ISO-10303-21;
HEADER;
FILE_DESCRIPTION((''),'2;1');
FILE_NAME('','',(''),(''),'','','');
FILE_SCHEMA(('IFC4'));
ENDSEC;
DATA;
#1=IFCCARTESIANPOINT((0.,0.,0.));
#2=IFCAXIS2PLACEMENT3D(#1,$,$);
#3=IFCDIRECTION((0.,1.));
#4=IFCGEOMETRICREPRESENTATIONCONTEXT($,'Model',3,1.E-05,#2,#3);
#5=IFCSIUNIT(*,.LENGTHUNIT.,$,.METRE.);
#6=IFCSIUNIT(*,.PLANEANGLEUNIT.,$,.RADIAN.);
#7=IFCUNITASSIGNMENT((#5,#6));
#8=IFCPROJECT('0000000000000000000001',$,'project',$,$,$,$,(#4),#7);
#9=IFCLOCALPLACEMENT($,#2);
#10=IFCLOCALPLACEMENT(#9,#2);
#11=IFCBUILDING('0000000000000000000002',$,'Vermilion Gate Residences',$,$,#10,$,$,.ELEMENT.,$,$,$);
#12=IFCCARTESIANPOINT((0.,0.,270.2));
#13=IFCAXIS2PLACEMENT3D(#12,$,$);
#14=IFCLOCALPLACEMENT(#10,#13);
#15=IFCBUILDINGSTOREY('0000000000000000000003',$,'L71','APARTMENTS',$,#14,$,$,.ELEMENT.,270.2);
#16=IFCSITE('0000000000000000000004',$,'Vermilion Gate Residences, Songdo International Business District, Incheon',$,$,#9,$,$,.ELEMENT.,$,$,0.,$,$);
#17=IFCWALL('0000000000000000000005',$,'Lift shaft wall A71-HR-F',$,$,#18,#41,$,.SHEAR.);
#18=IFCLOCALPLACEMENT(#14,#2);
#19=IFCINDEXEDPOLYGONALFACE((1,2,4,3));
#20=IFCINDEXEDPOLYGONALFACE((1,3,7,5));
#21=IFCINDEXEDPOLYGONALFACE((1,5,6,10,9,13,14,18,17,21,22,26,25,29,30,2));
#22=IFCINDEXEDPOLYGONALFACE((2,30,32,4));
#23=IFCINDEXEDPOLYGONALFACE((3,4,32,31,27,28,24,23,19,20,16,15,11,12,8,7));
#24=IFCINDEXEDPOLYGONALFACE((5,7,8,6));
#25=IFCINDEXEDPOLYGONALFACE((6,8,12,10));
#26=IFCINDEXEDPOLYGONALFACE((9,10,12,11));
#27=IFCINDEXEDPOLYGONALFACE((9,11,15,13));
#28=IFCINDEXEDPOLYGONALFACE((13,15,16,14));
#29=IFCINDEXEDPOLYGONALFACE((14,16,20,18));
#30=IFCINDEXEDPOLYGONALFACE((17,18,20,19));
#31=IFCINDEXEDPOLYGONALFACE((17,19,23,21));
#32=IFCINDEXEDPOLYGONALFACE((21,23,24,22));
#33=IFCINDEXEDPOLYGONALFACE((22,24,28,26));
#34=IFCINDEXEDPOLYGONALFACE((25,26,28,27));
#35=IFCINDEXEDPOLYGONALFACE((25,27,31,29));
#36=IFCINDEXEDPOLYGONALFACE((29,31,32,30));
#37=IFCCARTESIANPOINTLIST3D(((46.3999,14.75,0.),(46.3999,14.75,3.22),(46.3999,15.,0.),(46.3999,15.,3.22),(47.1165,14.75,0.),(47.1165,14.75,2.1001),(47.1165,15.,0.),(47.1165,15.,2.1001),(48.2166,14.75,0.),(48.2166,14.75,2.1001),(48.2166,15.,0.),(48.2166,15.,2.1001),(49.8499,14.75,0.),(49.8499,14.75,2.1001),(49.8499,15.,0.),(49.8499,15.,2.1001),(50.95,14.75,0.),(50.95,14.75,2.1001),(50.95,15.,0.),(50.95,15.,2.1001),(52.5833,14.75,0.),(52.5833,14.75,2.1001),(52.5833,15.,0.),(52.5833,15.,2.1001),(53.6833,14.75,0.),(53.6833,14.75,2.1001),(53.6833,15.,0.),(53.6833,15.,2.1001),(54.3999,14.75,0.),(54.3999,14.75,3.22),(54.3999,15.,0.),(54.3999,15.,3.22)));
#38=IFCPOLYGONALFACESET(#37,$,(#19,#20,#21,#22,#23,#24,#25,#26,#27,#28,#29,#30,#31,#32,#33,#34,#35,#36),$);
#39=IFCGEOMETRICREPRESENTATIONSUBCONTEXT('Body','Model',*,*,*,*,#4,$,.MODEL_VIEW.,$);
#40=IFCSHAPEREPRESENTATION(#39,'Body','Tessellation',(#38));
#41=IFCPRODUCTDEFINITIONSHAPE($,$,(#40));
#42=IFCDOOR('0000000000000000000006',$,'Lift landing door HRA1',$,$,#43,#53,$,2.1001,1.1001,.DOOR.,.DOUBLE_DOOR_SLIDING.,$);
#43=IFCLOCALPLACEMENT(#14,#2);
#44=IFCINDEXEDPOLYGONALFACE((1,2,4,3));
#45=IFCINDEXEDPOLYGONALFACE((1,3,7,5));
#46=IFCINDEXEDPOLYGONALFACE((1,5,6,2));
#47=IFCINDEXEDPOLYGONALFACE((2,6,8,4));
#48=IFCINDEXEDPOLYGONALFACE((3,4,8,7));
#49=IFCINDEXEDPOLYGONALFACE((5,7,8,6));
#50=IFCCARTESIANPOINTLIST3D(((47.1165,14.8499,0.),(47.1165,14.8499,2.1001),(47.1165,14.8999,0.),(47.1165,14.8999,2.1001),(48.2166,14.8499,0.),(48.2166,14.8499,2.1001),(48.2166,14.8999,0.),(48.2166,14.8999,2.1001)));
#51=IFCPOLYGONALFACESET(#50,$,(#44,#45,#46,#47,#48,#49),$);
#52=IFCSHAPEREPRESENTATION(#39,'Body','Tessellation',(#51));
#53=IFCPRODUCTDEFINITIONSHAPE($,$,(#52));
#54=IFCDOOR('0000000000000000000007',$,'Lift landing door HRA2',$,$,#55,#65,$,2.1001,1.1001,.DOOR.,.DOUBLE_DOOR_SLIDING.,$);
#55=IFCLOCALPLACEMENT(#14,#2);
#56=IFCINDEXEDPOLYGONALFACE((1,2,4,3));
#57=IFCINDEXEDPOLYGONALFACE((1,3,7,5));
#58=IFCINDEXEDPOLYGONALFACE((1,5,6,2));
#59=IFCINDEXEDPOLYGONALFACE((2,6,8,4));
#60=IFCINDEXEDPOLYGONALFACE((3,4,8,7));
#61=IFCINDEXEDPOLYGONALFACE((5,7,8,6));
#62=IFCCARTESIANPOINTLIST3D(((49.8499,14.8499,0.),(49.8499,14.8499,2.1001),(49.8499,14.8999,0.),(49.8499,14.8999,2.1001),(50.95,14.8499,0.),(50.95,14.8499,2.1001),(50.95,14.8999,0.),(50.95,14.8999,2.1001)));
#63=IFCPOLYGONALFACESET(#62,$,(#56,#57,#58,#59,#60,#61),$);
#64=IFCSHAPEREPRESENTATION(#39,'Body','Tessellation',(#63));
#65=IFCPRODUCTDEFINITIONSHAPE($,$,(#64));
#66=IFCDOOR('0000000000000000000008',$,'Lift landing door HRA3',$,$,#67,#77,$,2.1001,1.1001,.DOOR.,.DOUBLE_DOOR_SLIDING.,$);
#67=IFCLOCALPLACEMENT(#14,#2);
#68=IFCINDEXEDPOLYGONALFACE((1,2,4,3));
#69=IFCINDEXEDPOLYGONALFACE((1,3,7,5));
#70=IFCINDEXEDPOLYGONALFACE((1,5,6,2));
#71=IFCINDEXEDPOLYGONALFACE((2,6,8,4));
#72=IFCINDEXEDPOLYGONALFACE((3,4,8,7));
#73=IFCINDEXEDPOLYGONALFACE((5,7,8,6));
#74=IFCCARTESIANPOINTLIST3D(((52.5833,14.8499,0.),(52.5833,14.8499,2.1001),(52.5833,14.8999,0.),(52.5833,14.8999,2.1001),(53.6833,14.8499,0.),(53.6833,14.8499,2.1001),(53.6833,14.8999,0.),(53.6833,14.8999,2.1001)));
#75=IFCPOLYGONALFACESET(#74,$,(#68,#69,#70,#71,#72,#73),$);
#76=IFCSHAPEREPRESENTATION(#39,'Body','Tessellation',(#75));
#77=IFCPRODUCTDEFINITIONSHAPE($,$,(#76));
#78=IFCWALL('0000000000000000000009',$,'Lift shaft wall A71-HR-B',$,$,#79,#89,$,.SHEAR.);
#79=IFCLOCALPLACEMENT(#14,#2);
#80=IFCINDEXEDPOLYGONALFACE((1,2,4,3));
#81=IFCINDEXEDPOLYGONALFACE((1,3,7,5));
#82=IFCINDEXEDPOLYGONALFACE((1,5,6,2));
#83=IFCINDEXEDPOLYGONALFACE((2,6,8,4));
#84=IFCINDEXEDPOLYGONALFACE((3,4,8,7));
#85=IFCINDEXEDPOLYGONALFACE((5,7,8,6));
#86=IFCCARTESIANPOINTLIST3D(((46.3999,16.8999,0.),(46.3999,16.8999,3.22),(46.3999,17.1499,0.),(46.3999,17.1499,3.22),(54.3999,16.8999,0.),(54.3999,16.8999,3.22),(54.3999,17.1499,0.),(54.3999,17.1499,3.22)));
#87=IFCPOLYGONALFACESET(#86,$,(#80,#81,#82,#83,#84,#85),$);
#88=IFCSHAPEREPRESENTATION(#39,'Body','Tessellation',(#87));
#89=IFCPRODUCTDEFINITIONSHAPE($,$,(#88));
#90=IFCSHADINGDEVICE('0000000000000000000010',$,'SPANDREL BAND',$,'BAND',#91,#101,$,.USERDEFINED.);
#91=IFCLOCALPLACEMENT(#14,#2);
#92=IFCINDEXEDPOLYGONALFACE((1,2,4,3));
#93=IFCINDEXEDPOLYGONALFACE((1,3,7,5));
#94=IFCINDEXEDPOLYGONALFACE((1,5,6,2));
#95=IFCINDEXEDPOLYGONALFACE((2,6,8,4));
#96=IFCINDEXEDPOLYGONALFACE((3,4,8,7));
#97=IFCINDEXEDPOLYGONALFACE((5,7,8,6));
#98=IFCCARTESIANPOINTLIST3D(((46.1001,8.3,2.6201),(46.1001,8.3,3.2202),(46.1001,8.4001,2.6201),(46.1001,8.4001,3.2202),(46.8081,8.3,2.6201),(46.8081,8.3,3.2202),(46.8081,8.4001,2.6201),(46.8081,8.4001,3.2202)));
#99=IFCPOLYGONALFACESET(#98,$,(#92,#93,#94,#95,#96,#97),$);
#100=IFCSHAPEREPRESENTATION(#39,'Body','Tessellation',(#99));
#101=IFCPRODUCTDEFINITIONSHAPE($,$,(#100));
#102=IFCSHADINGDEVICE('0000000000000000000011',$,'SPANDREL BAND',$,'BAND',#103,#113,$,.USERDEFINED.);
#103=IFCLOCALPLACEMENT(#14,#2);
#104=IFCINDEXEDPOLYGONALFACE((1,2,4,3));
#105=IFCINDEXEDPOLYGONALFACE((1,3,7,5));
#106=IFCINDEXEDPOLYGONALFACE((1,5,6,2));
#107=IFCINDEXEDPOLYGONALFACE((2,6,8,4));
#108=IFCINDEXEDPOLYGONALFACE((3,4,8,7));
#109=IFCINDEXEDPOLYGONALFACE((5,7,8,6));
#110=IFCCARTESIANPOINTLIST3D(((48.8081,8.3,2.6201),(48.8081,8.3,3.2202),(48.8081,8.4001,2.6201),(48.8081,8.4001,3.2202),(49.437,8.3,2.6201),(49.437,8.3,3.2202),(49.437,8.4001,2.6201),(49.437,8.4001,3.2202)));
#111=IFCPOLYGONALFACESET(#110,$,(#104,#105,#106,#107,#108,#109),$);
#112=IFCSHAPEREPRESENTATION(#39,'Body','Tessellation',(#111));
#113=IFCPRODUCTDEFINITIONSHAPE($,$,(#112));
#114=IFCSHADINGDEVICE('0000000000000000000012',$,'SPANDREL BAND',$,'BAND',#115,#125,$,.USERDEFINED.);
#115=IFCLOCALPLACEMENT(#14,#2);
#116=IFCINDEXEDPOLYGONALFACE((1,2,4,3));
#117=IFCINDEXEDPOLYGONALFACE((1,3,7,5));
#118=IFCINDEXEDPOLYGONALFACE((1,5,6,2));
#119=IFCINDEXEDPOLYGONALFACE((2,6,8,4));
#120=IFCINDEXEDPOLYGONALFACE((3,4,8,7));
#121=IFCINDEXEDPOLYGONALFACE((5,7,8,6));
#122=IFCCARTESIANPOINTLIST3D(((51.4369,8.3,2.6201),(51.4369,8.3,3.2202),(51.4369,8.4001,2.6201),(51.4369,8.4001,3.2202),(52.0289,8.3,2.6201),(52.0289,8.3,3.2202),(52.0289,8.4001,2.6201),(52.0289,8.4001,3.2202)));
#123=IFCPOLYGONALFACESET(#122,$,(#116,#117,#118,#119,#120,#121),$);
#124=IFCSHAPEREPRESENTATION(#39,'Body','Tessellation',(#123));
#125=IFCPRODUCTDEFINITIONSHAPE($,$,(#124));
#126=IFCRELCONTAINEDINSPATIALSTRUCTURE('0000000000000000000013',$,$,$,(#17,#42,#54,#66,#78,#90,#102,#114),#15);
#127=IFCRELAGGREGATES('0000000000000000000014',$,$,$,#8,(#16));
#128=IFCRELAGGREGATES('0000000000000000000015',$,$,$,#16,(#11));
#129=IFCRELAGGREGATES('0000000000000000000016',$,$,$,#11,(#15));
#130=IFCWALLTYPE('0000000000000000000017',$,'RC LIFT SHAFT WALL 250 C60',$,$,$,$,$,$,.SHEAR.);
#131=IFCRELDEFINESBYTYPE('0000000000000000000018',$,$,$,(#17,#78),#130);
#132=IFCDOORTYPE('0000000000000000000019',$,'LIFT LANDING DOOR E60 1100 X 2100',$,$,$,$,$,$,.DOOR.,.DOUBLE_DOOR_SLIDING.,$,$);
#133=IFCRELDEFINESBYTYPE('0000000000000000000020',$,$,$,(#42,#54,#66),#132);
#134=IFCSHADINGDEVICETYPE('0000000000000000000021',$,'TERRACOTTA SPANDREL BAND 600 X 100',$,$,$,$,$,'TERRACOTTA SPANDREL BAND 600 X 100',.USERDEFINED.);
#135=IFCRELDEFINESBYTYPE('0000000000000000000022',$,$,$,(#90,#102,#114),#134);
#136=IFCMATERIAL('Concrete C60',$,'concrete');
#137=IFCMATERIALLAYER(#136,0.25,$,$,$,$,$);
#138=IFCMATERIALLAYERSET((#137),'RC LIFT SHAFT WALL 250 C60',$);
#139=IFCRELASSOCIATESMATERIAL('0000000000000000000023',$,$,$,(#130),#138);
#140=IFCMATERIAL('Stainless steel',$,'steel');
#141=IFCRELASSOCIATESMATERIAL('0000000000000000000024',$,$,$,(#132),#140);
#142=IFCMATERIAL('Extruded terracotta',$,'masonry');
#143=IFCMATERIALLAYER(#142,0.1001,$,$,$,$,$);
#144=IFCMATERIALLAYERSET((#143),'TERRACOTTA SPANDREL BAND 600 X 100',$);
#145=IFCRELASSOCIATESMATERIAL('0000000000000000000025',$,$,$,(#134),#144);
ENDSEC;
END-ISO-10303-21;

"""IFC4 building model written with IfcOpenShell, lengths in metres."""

from ifc_helpers import new_model, si_unit, direction, frame, frame_2d, origin, origin_2d, place, context, subcontext, project, spatial, rectangle, extrude, material, layer, layer_set, type_object, element, fill, save


model = new_model("IFC4")

# Units and contexts
model_context = context("Model", 3, precision=1e-05, world=origin(), true_north=direction((0.0, 1.0)))
body_context = subcontext(model_context, "Body", "Model", "MODEL_VIEW")
ifc_project = project(units=[si_unit("LENGTHUNIT", "METRE"), si_unit("PLANEANGLEUNIT", "RADIAN")], contexts=[model_context])

# Site, building, storey
site_placement = place(None, origin())
site = spatial("IfcSite", under=ifc_project, at=site_placement, Name="Vermilion Gate Residences, Songdo International Business District, Incheon", CompositionType="ELEMENT", RefElevation=0.0)
building_placement = place(site_placement, origin())
building = spatial("IfcBuilding", under=site, at=building_placement, Name="Vermilion Gate Residences", CompositionType="ELEMENT")
storey_placement = place(building_placement, frame((0.0, 0.0, 270.2)))
storey = spatial("IfcBuildingStorey", under=building, at=storey_placement, Name="L71", Description="APARTMENTS", CompositionType="ELEMENT", Elevation=270.2)

# Wall, openings, doors
ifc_material_1 = material(Name="Concrete C60", Category="concrete")
ifc_layer_1 = layer(ifc_material_1, 0.25)
ifc_layer_set_1 = layer_set([ifc_layer_1], Name="RC LIFT SHAFT WALL 250 C60")
wall_type_1 = type_object("IfcWallType", Name="RC LIFT SHAFT WALL 250 C60", PredefinedType="SHEAR", material=ifc_layer_set_1)
wall_1_placement = place(storey_placement, frame((46.3999, 14.875, 0.0), z_axis=(0.0, 0.0, 1.0), x_axis=(1.0, 0.0, 0.0)))
wall_1 = element("IfcWall", 1, at=wall_1_placement, inside=storey, type_object=wall_type_1, Name="Lift shaft wall A71-HR-F", PredefinedType="SHEAR", context=body_context, shape_type="SweptSolid", body=[
    extrude(rectangle(XDim=8.0, YDim=0.25, at=frame_2d((4.0, 0.0))), origin(), (0.0, 0.0, 1.0), 3.22),
])
opening_1_placement = place(wall_1_placement, frame((0.7166, 0.0, 0.0)))
opening_1 = element("IfcOpeningElement", 2, at=opening_1_placement, cuts=wall_1, PredefinedType="OPENING", context=body_context, shape_type="SweptSolid", body=[
    extrude(rectangle(XDim=1.1001, YDim=2.1001, at=frame_2d((0.55, 1.05))), frame((0.0, 0.135, 0.0), z_axis=(0.0, -1.0, 0.0), x_axis=(1.0, 0.0, 0.0)), (0.0, 0.0, 1.0), 0.27),
])
opening_2_placement = place(wall_1_placement, frame((3.45, 0.0, 0.0)))
opening_2 = element("IfcOpeningElement", 3, at=opening_2_placement, cuts=wall_1, PredefinedType="OPENING", context=body_context, shape_type="SweptSolid", body=[
    extrude(rectangle(XDim=1.1001, YDim=2.1001, at=frame_2d((0.55, 1.05))), frame((0.0, 0.135, 0.0), z_axis=(0.0, -1.0, 0.0), x_axis=(1.0, 0.0, 0.0)), (0.0, 0.0, 1.0), 0.27),
])
opening_3_placement = place(wall_1_placement, frame((6.1833, 0.0, 0.0)))
opening_3 = element("IfcOpeningElement", 4, at=opening_3_placement, cuts=wall_1, PredefinedType="OPENING", context=body_context, shape_type="SweptSolid", body=[
    extrude(rectangle(XDim=1.1001, YDim=2.1001, at=frame_2d((0.55, 1.05))), frame((0.0, 0.135, 0.0), z_axis=(0.0, -1.0, 0.0), x_axis=(1.0, 0.0, 0.0)), (0.0, 0.0, 1.0), 0.27),
])
ifc_material_2 = material(Name="Stainless steel", Category="steel")
door_type_1 = type_object("IfcDoorType", Name="LIFT LANDING DOOR E60 1100 X 2100", OperationType="DOUBLE_DOOR_SLIDING", PredefinedType="DOOR", material=ifc_material_2)
door_1_placement = place(opening_1_placement, origin())
door_1 = element("IfcDoor", 5, at=door_1_placement, inside=storey, type_object=door_type_1, Name="Lift landing door HRA1", OperationType="DOUBLE_DOOR_SLIDING", OverallHeight=2.1001, OverallWidth=1.1001, PredefinedType="DOOR", context=body_context, shape_type="SweptSolid", body=[
    extrude(rectangle(XDim=1.1001, YDim=2.1001, at=frame_2d((0.55, 1.05))), frame((0.0, 0.0249, 0.0), z_axis=(0.0, -1.0, 0.0), x_axis=(1.0, 0.0, 0.0)), (0.0, 0.0, 1.0), 0.05),
])
fill(opening_1, door_1)
door_2_placement = place(opening_2_placement, origin())
door_2 = element("IfcDoor", 6, at=door_2_placement, inside=storey, type_object=door_type_1, Name="Lift landing door HRA2", OperationType="DOUBLE_DOOR_SLIDING", OverallHeight=2.1001, OverallWidth=1.1001, PredefinedType="DOOR", context=body_context, shape_type="SweptSolid", body=[
    extrude(rectangle(XDim=1.1001, YDim=2.1001, at=frame_2d((0.55, 1.05))), frame((0.0, 0.0249, 0.0), z_axis=(0.0, -1.0, 0.0), x_axis=(1.0, 0.0, 0.0)), (0.0, 0.0, 1.0), 0.05),
])
fill(opening_2, door_2)
door_3_placement = place(opening_3_placement, origin())
door_3 = element("IfcDoor", 7, at=door_3_placement, inside=storey, type_object=door_type_1, Name="Lift landing door HRA3", OperationType="DOUBLE_DOOR_SLIDING", OverallHeight=2.1001, OverallWidth=1.1001, PredefinedType="DOOR", context=body_context, shape_type="SweptSolid", body=[
    extrude(rectangle(XDim=1.1001, YDim=2.1001, at=frame_2d((0.55, 1.05))), frame((0.0, 0.0249, 0.0), z_axis=(0.0, -1.0, 0.0), x_axis=(1.0, 0.0, 0.0)), (0.0, 0.0, 1.0), 0.05),
])
fill(opening_3, door_3)

# Wall
wall_2_placement = place(storey_placement, frame((46.3999, 17.0249, 0.0), z_axis=(0.0, 0.0, 1.0), x_axis=(1.0, 0.0, 0.0)))
element("IfcWall", 8, at=wall_2_placement, inside=storey, type_object=wall_type_1, Name="Lift shaft wall A71-HR-B", PredefinedType="SHEAR", context=body_context, shape_type="SweptSolid", body=[
    extrude(rectangle(XDim=8.0, YDim=0.25, at=frame_2d((4.0, 0.0))), origin(), (0.0, 0.0, 1.0), 3.22),
])

# Shading devices
ifc_material_3 = material(Name="Extruded terracotta", Category="masonry")
ifc_layer_2 = layer(ifc_material_3, 0.1001)
ifc_layer_set_2 = layer_set([ifc_layer_2], Name="TERRACOTTA SPANDREL BAND 600 X 100")
shading_device_type = type_object("IfcShadingDeviceType", Name="TERRACOTTA SPANDREL BAND 600 X 100", ElementType="TERRACOTTA SPANDREL BAND 600 X 100", PredefinedType="USERDEFINED", material=ifc_layer_set_2)
shading_device_1_placement = place(storey_placement, frame((46.4541, 8.3501, 2.6201), z_axis=(0.0, 0.0, 1.0), x_axis=(1.0, 0.0, 0.0)))
element("IfcShadingDevice", 9, at=shading_device_1_placement, inside=storey, type_object=shading_device_type, Name="SPANDREL BAND", ObjectType="BAND", PredefinedType="USERDEFINED", context=body_context, shape_type="SweptSolid", body=[
    extrude(rectangle(XDim=0.708, YDim=0.1001, at=origin_2d()), origin(), (0.0, 0.0, 1.0), 0.6001),
])
shading_device_2_placement = place(storey_placement, frame((49.1226, 8.3501, 2.6201), z_axis=(0.0, 0.0, 1.0), x_axis=(1.0, 0.0, 0.0)))
element("IfcShadingDevice", 10, at=shading_device_2_placement, inside=storey, type_object=shading_device_type, Name="SPANDREL BAND", ObjectType="BAND", PredefinedType="USERDEFINED", context=body_context, shape_type="SweptSolid", body=[
    extrude(rectangle(XDim=0.6289, YDim=0.1001, at=origin_2d()), origin(), (0.0, 0.0, 1.0), 0.6001),
])
shading_device_3_placement = place(storey_placement, frame((51.7329, 8.3501, 2.6201), z_axis=(0.0, 0.0, 1.0), x_axis=(1.0, 0.0, 0.0)))
element("IfcShadingDevice", 11, at=shading_device_3_placement, inside=storey, type_object=shading_device_type, Name="SPANDREL BAND", ObjectType="BAND", PredefinedType="USERDEFINED", context=body_context, shape_type="SweptSolid", body=[
    extrude(rectangle(XDim=0.592, YDim=0.1001, at=origin_2d()), origin(), (0.0, 0.0, 1.0), 0.6001),
])

save(model, "model.ifc")
